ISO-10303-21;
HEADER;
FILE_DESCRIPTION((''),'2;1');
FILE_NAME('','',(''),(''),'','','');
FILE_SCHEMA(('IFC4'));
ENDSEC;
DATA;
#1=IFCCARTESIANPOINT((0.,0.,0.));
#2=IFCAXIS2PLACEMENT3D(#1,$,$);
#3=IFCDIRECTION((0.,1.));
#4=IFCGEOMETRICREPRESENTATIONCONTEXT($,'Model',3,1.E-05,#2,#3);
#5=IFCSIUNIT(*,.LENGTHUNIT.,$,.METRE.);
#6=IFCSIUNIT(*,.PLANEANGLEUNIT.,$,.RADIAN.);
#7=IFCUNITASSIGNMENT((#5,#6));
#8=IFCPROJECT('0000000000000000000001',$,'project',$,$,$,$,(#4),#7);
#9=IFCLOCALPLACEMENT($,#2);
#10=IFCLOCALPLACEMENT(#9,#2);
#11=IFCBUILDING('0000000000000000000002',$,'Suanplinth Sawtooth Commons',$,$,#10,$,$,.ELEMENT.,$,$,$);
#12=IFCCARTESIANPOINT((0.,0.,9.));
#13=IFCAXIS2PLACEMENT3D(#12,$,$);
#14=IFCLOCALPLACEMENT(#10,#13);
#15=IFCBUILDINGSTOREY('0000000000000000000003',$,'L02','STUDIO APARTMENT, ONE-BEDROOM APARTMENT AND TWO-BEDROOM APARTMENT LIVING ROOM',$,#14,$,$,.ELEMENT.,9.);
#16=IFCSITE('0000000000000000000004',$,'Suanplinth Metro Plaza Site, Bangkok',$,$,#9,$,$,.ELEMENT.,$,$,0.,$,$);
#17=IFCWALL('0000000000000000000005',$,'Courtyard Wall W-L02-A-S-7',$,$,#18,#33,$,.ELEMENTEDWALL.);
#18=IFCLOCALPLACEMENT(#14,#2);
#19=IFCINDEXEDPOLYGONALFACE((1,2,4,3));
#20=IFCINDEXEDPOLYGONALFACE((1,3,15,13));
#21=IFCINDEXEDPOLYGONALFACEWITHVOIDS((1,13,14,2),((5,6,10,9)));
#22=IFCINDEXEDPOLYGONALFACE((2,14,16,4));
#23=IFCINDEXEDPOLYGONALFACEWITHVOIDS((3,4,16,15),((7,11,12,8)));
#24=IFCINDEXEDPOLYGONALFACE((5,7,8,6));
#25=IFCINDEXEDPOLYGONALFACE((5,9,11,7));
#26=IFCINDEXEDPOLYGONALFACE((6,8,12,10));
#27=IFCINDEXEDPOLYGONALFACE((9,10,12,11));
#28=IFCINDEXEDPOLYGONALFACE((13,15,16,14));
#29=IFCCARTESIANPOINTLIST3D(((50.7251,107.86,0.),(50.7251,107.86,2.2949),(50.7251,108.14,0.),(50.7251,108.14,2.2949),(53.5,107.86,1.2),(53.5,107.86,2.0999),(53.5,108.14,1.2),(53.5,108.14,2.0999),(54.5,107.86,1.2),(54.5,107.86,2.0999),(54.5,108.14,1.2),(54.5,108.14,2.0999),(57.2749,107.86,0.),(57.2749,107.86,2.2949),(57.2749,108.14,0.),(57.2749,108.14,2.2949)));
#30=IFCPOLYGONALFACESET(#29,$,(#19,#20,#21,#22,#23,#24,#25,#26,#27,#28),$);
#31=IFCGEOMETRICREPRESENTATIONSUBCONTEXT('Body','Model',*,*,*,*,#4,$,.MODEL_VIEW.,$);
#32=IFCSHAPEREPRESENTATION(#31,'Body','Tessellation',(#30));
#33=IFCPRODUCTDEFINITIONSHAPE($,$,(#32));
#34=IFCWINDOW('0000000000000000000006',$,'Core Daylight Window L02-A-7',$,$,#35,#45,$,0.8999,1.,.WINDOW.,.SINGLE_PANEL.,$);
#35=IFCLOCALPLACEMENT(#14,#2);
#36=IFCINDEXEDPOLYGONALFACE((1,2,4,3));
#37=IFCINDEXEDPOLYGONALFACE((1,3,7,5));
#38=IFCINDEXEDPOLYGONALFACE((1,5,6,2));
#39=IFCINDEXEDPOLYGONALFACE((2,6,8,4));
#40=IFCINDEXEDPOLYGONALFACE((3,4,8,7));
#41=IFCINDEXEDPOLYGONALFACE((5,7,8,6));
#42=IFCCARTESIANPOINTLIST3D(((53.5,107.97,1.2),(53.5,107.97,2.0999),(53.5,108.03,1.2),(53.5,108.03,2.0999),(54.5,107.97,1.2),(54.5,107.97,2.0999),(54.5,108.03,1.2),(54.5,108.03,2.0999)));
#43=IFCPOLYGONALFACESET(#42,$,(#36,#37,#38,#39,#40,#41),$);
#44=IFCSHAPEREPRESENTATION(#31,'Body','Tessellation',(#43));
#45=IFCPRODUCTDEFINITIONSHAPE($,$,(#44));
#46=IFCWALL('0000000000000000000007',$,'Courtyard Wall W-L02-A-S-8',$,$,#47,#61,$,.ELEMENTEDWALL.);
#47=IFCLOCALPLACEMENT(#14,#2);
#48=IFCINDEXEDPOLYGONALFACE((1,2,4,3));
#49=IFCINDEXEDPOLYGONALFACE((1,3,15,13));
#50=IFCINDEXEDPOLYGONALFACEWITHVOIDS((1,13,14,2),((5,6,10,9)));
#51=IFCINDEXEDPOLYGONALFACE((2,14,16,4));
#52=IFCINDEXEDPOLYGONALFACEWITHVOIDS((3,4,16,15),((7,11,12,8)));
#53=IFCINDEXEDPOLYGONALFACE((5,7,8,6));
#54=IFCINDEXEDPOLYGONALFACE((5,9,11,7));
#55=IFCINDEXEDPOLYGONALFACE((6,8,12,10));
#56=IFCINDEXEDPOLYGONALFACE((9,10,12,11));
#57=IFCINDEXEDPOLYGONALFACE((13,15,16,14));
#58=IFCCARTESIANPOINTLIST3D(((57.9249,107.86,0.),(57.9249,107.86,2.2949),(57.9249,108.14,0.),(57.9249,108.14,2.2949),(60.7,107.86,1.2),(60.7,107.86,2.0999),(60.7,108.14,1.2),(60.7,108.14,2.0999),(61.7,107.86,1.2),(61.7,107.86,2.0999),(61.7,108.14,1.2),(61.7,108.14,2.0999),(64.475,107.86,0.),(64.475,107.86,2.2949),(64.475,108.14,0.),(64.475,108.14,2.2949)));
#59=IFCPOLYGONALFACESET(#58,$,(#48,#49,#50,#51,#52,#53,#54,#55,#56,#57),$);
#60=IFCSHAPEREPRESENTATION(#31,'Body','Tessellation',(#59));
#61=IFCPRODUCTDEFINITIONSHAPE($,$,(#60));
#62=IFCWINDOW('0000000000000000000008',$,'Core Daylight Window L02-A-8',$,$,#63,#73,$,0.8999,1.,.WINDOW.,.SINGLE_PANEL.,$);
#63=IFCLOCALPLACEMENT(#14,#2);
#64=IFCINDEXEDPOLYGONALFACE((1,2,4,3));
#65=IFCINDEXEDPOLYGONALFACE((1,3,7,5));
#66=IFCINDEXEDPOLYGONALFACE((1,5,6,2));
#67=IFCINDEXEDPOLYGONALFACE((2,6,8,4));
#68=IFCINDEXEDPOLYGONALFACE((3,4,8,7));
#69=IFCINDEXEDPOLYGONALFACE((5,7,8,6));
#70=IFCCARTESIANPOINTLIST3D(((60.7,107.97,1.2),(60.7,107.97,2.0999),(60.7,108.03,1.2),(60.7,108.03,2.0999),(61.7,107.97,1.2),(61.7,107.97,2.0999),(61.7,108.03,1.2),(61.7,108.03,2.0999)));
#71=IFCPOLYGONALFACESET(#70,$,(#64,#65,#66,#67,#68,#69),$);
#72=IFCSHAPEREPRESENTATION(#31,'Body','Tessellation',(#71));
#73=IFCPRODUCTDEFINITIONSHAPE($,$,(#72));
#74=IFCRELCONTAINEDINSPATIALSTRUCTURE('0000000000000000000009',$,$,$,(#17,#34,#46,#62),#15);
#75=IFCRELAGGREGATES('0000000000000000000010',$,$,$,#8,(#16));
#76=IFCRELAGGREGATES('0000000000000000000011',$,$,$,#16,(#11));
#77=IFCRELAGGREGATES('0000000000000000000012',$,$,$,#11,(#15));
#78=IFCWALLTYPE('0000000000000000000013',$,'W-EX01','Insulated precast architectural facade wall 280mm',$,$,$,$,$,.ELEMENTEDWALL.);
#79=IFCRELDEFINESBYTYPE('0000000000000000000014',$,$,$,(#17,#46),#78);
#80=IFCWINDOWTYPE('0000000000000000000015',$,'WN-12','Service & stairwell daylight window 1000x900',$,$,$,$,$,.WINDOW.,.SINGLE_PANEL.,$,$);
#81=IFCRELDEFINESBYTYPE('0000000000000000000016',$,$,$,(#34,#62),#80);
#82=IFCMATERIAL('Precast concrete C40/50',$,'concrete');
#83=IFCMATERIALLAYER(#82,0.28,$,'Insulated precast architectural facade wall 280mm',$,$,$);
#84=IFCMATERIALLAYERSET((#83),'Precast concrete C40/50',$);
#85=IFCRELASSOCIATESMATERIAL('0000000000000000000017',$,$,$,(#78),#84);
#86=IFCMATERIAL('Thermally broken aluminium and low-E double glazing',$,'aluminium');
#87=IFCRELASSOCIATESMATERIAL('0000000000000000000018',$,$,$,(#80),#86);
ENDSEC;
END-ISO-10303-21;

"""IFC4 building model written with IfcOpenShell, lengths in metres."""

from ifc_helpers import new_model, si_unit, direction, frame, frame_2d, origin, place, context, subcontext, project, spatial, rectangle, extrude, material, layer, layer_set, type_object, element, fill, save


model = new_model("IFC4")

# Units and contexts
model_context = context("Model", 3, precision=1e-05, world=origin(), true_north=direction((0.0, 1.0)))
body_context = subcontext(model_context, "Body", "Model", "MODEL_VIEW")
ifc_project = project(units=[si_unit("LENGTHUNIT", "METRE"), si_unit("PLANEANGLEUNIT", "RADIAN")], contexts=[model_context])

# Site, building, storey
site_placement = place(None, origin())
site = spatial("IfcSite", under=ifc_project, at=site_placement, Name="Suanplinth Metro Plaza Site, Bangkok", CompositionType="ELEMENT", RefElevation=0.0)
building_placement = place(site_placement, origin())
building = spatial("IfcBuilding", under=site, at=building_placement, Name="Suanplinth Sawtooth Commons", CompositionType="ELEMENT")
storey_placement = place(building_placement, frame((0.0, 0.0, 9.0)))
storey = spatial("IfcBuildingStorey", under=building, at=storey_placement, Name="L02", Description="STUDIO APARTMENT, ONE-BEDROOM APARTMENT AND TWO-BEDROOM APARTMENT LIVING ROOM", CompositionType="ELEMENT", Elevation=9.0)

# Shared definitions
ifc_material_1 = material(Name="Precast concrete C40/50", Category="concrete")

# Walls, openings, windows
ifc_layer_1 = layer(ifc_material_1, 0.28, Name="Insulated precast architectural facade wall 280mm")
ifc_layer_set_1 = layer_set([ifc_layer_1], Name="Precast concrete C40/50")
wall_type = type_object("IfcWallType", Name="W-EX01", Description="Insulated precast architectural facade wall 280mm", PredefinedType="ELEMENTEDWALL", material=ifc_layer_set_1)
ifc_material_2 = material(Name="Thermally broken aluminium and low-E double glazing", Category="aluminium")
window_type = type_object("IfcWindowType", Name="WN-12", Description="Service & stairwell daylight window 1000x900", PartitioningType="SINGLE_PANEL", PredefinedType="WINDOW", material=ifc_material_2)
wall_1_placement = place(storey_placement, frame((50.7251, 108.0, 0.0), z_axis=(0.0, 0.0, 1.0), x_axis=(1.0, 0.0, 0.0)))
wall_1 = element("IfcWall", 1, at=wall_1_placement, inside=storey, type_object=wall_type, Name="Courtyard Wall W-L02-A-S-7", PredefinedType="ELEMENTEDWALL", context=body_context, shape_type="SweptSolid", body=[
    extrude(rectangle(XDim=6.5498, YDim=0.28, at=frame_2d((3.2749, 0.0))), origin(), (0.0, 0.0, 1.0), 2.2949),
])
opening_1_placement = place(wall_1_placement, frame((2.7749, 0.0, 1.2)))
opening_1 = element("IfcOpeningElement", 2, at=opening_1_placement, cuts=wall_1, PredefinedType="OPENING", context=body_context, shape_type="SweptSolid", body=[
    extrude(rectangle(XDim=1.0, YDim=0.8999, at=frame_2d((0.5, 0.45))), frame((0.0, 0.1548, 0.0), z_axis=(0.0, -1.0, 0.0), x_axis=(1.0, 0.0, 0.0)), (0.0, 0.0, 1.0), 0.3098),
])
window_1_placement = place(opening_1_placement, origin())
window_1 = element("IfcWindow", 3, at=window_1_placement, inside=storey, type_object=window_type, Name="Core Daylight Window L02-A-7", OverallHeight=0.8999, OverallWidth=1.0, PartitioningType="SINGLE_PANEL", PredefinedType="WINDOW", context=body_context, shape_type="SweptSolid", body=[
    extrude(rectangle(XDim=1.0, YDim=0.8999, at=frame_2d((0.5, 0.45))), frame((0.0, 0.03, 0.0), z_axis=(0.0, -1.0, 0.0), x_axis=(1.0, 0.0, 0.0)), (0.0, 0.0, 1.0), 0.0601),
])
fill(opening_1, window_1)
wall_2_placement = place(storey_placement, frame((57.925, 108.0, 0.0), z_axis=(0.0, 0.0, 1.0), x_axis=(1.0, 0.0, 0.0)))
wall_2 = element("IfcWall", 4, at=wall_2_placement, inside=storey, type_object=wall_type, Name="Courtyard Wall W-L02-A-S-8", PredefinedType="ELEMENTEDWALL", context=body_context, shape_type="SweptSolid", body=[
    extrude(rectangle(XDim=6.55, YDim=0.28, at=frame_2d((3.2749, 0.0))), origin(), (0.0, 0.0, 1.0), 2.2949),
])
opening_2_placement = place(wall_2_placement, frame((2.7749, 0.0, 1.2)))
opening_2 = element("IfcOpeningElement", 5, at=opening_2_placement, cuts=wall_2, PredefinedType="OPENING", context=body_context, shape_type="SweptSolid", body=[
    extrude(rectangle(XDim=1.0, YDim=0.8999, at=frame_2d((0.5, 0.45))), frame((0.0, 0.1548, 0.0), z_axis=(0.0, -1.0, 0.0), x_axis=(1.0, 0.0, 0.0)), (0.0, 0.0, 1.0), 0.3098),
])
window_2_placement = place(opening_2_placement, origin())
window_2 = element("IfcWindow", 6, at=window_2_placement, inside=storey, type_object=window_type, Name="Core Daylight Window L02-A-8", OverallHeight=0.8999, OverallWidth=1.0, PartitioningType="SINGLE_PANEL", PredefinedType="WINDOW", context=body_context, shape_type="SweptSolid", body=[
    extrude(rectangle(XDim=1.0, YDim=0.8999, at=frame_2d((0.5, 0.45))), frame((0.0, 0.03, 0.0), z_axis=(0.0, -1.0, 0.0), x_axis=(1.0, 0.0, 0.0)), (0.0, 0.0, 1.0), 0.0601),
])
fill(opening_2, window_2)

save(model, "model.ifc")
